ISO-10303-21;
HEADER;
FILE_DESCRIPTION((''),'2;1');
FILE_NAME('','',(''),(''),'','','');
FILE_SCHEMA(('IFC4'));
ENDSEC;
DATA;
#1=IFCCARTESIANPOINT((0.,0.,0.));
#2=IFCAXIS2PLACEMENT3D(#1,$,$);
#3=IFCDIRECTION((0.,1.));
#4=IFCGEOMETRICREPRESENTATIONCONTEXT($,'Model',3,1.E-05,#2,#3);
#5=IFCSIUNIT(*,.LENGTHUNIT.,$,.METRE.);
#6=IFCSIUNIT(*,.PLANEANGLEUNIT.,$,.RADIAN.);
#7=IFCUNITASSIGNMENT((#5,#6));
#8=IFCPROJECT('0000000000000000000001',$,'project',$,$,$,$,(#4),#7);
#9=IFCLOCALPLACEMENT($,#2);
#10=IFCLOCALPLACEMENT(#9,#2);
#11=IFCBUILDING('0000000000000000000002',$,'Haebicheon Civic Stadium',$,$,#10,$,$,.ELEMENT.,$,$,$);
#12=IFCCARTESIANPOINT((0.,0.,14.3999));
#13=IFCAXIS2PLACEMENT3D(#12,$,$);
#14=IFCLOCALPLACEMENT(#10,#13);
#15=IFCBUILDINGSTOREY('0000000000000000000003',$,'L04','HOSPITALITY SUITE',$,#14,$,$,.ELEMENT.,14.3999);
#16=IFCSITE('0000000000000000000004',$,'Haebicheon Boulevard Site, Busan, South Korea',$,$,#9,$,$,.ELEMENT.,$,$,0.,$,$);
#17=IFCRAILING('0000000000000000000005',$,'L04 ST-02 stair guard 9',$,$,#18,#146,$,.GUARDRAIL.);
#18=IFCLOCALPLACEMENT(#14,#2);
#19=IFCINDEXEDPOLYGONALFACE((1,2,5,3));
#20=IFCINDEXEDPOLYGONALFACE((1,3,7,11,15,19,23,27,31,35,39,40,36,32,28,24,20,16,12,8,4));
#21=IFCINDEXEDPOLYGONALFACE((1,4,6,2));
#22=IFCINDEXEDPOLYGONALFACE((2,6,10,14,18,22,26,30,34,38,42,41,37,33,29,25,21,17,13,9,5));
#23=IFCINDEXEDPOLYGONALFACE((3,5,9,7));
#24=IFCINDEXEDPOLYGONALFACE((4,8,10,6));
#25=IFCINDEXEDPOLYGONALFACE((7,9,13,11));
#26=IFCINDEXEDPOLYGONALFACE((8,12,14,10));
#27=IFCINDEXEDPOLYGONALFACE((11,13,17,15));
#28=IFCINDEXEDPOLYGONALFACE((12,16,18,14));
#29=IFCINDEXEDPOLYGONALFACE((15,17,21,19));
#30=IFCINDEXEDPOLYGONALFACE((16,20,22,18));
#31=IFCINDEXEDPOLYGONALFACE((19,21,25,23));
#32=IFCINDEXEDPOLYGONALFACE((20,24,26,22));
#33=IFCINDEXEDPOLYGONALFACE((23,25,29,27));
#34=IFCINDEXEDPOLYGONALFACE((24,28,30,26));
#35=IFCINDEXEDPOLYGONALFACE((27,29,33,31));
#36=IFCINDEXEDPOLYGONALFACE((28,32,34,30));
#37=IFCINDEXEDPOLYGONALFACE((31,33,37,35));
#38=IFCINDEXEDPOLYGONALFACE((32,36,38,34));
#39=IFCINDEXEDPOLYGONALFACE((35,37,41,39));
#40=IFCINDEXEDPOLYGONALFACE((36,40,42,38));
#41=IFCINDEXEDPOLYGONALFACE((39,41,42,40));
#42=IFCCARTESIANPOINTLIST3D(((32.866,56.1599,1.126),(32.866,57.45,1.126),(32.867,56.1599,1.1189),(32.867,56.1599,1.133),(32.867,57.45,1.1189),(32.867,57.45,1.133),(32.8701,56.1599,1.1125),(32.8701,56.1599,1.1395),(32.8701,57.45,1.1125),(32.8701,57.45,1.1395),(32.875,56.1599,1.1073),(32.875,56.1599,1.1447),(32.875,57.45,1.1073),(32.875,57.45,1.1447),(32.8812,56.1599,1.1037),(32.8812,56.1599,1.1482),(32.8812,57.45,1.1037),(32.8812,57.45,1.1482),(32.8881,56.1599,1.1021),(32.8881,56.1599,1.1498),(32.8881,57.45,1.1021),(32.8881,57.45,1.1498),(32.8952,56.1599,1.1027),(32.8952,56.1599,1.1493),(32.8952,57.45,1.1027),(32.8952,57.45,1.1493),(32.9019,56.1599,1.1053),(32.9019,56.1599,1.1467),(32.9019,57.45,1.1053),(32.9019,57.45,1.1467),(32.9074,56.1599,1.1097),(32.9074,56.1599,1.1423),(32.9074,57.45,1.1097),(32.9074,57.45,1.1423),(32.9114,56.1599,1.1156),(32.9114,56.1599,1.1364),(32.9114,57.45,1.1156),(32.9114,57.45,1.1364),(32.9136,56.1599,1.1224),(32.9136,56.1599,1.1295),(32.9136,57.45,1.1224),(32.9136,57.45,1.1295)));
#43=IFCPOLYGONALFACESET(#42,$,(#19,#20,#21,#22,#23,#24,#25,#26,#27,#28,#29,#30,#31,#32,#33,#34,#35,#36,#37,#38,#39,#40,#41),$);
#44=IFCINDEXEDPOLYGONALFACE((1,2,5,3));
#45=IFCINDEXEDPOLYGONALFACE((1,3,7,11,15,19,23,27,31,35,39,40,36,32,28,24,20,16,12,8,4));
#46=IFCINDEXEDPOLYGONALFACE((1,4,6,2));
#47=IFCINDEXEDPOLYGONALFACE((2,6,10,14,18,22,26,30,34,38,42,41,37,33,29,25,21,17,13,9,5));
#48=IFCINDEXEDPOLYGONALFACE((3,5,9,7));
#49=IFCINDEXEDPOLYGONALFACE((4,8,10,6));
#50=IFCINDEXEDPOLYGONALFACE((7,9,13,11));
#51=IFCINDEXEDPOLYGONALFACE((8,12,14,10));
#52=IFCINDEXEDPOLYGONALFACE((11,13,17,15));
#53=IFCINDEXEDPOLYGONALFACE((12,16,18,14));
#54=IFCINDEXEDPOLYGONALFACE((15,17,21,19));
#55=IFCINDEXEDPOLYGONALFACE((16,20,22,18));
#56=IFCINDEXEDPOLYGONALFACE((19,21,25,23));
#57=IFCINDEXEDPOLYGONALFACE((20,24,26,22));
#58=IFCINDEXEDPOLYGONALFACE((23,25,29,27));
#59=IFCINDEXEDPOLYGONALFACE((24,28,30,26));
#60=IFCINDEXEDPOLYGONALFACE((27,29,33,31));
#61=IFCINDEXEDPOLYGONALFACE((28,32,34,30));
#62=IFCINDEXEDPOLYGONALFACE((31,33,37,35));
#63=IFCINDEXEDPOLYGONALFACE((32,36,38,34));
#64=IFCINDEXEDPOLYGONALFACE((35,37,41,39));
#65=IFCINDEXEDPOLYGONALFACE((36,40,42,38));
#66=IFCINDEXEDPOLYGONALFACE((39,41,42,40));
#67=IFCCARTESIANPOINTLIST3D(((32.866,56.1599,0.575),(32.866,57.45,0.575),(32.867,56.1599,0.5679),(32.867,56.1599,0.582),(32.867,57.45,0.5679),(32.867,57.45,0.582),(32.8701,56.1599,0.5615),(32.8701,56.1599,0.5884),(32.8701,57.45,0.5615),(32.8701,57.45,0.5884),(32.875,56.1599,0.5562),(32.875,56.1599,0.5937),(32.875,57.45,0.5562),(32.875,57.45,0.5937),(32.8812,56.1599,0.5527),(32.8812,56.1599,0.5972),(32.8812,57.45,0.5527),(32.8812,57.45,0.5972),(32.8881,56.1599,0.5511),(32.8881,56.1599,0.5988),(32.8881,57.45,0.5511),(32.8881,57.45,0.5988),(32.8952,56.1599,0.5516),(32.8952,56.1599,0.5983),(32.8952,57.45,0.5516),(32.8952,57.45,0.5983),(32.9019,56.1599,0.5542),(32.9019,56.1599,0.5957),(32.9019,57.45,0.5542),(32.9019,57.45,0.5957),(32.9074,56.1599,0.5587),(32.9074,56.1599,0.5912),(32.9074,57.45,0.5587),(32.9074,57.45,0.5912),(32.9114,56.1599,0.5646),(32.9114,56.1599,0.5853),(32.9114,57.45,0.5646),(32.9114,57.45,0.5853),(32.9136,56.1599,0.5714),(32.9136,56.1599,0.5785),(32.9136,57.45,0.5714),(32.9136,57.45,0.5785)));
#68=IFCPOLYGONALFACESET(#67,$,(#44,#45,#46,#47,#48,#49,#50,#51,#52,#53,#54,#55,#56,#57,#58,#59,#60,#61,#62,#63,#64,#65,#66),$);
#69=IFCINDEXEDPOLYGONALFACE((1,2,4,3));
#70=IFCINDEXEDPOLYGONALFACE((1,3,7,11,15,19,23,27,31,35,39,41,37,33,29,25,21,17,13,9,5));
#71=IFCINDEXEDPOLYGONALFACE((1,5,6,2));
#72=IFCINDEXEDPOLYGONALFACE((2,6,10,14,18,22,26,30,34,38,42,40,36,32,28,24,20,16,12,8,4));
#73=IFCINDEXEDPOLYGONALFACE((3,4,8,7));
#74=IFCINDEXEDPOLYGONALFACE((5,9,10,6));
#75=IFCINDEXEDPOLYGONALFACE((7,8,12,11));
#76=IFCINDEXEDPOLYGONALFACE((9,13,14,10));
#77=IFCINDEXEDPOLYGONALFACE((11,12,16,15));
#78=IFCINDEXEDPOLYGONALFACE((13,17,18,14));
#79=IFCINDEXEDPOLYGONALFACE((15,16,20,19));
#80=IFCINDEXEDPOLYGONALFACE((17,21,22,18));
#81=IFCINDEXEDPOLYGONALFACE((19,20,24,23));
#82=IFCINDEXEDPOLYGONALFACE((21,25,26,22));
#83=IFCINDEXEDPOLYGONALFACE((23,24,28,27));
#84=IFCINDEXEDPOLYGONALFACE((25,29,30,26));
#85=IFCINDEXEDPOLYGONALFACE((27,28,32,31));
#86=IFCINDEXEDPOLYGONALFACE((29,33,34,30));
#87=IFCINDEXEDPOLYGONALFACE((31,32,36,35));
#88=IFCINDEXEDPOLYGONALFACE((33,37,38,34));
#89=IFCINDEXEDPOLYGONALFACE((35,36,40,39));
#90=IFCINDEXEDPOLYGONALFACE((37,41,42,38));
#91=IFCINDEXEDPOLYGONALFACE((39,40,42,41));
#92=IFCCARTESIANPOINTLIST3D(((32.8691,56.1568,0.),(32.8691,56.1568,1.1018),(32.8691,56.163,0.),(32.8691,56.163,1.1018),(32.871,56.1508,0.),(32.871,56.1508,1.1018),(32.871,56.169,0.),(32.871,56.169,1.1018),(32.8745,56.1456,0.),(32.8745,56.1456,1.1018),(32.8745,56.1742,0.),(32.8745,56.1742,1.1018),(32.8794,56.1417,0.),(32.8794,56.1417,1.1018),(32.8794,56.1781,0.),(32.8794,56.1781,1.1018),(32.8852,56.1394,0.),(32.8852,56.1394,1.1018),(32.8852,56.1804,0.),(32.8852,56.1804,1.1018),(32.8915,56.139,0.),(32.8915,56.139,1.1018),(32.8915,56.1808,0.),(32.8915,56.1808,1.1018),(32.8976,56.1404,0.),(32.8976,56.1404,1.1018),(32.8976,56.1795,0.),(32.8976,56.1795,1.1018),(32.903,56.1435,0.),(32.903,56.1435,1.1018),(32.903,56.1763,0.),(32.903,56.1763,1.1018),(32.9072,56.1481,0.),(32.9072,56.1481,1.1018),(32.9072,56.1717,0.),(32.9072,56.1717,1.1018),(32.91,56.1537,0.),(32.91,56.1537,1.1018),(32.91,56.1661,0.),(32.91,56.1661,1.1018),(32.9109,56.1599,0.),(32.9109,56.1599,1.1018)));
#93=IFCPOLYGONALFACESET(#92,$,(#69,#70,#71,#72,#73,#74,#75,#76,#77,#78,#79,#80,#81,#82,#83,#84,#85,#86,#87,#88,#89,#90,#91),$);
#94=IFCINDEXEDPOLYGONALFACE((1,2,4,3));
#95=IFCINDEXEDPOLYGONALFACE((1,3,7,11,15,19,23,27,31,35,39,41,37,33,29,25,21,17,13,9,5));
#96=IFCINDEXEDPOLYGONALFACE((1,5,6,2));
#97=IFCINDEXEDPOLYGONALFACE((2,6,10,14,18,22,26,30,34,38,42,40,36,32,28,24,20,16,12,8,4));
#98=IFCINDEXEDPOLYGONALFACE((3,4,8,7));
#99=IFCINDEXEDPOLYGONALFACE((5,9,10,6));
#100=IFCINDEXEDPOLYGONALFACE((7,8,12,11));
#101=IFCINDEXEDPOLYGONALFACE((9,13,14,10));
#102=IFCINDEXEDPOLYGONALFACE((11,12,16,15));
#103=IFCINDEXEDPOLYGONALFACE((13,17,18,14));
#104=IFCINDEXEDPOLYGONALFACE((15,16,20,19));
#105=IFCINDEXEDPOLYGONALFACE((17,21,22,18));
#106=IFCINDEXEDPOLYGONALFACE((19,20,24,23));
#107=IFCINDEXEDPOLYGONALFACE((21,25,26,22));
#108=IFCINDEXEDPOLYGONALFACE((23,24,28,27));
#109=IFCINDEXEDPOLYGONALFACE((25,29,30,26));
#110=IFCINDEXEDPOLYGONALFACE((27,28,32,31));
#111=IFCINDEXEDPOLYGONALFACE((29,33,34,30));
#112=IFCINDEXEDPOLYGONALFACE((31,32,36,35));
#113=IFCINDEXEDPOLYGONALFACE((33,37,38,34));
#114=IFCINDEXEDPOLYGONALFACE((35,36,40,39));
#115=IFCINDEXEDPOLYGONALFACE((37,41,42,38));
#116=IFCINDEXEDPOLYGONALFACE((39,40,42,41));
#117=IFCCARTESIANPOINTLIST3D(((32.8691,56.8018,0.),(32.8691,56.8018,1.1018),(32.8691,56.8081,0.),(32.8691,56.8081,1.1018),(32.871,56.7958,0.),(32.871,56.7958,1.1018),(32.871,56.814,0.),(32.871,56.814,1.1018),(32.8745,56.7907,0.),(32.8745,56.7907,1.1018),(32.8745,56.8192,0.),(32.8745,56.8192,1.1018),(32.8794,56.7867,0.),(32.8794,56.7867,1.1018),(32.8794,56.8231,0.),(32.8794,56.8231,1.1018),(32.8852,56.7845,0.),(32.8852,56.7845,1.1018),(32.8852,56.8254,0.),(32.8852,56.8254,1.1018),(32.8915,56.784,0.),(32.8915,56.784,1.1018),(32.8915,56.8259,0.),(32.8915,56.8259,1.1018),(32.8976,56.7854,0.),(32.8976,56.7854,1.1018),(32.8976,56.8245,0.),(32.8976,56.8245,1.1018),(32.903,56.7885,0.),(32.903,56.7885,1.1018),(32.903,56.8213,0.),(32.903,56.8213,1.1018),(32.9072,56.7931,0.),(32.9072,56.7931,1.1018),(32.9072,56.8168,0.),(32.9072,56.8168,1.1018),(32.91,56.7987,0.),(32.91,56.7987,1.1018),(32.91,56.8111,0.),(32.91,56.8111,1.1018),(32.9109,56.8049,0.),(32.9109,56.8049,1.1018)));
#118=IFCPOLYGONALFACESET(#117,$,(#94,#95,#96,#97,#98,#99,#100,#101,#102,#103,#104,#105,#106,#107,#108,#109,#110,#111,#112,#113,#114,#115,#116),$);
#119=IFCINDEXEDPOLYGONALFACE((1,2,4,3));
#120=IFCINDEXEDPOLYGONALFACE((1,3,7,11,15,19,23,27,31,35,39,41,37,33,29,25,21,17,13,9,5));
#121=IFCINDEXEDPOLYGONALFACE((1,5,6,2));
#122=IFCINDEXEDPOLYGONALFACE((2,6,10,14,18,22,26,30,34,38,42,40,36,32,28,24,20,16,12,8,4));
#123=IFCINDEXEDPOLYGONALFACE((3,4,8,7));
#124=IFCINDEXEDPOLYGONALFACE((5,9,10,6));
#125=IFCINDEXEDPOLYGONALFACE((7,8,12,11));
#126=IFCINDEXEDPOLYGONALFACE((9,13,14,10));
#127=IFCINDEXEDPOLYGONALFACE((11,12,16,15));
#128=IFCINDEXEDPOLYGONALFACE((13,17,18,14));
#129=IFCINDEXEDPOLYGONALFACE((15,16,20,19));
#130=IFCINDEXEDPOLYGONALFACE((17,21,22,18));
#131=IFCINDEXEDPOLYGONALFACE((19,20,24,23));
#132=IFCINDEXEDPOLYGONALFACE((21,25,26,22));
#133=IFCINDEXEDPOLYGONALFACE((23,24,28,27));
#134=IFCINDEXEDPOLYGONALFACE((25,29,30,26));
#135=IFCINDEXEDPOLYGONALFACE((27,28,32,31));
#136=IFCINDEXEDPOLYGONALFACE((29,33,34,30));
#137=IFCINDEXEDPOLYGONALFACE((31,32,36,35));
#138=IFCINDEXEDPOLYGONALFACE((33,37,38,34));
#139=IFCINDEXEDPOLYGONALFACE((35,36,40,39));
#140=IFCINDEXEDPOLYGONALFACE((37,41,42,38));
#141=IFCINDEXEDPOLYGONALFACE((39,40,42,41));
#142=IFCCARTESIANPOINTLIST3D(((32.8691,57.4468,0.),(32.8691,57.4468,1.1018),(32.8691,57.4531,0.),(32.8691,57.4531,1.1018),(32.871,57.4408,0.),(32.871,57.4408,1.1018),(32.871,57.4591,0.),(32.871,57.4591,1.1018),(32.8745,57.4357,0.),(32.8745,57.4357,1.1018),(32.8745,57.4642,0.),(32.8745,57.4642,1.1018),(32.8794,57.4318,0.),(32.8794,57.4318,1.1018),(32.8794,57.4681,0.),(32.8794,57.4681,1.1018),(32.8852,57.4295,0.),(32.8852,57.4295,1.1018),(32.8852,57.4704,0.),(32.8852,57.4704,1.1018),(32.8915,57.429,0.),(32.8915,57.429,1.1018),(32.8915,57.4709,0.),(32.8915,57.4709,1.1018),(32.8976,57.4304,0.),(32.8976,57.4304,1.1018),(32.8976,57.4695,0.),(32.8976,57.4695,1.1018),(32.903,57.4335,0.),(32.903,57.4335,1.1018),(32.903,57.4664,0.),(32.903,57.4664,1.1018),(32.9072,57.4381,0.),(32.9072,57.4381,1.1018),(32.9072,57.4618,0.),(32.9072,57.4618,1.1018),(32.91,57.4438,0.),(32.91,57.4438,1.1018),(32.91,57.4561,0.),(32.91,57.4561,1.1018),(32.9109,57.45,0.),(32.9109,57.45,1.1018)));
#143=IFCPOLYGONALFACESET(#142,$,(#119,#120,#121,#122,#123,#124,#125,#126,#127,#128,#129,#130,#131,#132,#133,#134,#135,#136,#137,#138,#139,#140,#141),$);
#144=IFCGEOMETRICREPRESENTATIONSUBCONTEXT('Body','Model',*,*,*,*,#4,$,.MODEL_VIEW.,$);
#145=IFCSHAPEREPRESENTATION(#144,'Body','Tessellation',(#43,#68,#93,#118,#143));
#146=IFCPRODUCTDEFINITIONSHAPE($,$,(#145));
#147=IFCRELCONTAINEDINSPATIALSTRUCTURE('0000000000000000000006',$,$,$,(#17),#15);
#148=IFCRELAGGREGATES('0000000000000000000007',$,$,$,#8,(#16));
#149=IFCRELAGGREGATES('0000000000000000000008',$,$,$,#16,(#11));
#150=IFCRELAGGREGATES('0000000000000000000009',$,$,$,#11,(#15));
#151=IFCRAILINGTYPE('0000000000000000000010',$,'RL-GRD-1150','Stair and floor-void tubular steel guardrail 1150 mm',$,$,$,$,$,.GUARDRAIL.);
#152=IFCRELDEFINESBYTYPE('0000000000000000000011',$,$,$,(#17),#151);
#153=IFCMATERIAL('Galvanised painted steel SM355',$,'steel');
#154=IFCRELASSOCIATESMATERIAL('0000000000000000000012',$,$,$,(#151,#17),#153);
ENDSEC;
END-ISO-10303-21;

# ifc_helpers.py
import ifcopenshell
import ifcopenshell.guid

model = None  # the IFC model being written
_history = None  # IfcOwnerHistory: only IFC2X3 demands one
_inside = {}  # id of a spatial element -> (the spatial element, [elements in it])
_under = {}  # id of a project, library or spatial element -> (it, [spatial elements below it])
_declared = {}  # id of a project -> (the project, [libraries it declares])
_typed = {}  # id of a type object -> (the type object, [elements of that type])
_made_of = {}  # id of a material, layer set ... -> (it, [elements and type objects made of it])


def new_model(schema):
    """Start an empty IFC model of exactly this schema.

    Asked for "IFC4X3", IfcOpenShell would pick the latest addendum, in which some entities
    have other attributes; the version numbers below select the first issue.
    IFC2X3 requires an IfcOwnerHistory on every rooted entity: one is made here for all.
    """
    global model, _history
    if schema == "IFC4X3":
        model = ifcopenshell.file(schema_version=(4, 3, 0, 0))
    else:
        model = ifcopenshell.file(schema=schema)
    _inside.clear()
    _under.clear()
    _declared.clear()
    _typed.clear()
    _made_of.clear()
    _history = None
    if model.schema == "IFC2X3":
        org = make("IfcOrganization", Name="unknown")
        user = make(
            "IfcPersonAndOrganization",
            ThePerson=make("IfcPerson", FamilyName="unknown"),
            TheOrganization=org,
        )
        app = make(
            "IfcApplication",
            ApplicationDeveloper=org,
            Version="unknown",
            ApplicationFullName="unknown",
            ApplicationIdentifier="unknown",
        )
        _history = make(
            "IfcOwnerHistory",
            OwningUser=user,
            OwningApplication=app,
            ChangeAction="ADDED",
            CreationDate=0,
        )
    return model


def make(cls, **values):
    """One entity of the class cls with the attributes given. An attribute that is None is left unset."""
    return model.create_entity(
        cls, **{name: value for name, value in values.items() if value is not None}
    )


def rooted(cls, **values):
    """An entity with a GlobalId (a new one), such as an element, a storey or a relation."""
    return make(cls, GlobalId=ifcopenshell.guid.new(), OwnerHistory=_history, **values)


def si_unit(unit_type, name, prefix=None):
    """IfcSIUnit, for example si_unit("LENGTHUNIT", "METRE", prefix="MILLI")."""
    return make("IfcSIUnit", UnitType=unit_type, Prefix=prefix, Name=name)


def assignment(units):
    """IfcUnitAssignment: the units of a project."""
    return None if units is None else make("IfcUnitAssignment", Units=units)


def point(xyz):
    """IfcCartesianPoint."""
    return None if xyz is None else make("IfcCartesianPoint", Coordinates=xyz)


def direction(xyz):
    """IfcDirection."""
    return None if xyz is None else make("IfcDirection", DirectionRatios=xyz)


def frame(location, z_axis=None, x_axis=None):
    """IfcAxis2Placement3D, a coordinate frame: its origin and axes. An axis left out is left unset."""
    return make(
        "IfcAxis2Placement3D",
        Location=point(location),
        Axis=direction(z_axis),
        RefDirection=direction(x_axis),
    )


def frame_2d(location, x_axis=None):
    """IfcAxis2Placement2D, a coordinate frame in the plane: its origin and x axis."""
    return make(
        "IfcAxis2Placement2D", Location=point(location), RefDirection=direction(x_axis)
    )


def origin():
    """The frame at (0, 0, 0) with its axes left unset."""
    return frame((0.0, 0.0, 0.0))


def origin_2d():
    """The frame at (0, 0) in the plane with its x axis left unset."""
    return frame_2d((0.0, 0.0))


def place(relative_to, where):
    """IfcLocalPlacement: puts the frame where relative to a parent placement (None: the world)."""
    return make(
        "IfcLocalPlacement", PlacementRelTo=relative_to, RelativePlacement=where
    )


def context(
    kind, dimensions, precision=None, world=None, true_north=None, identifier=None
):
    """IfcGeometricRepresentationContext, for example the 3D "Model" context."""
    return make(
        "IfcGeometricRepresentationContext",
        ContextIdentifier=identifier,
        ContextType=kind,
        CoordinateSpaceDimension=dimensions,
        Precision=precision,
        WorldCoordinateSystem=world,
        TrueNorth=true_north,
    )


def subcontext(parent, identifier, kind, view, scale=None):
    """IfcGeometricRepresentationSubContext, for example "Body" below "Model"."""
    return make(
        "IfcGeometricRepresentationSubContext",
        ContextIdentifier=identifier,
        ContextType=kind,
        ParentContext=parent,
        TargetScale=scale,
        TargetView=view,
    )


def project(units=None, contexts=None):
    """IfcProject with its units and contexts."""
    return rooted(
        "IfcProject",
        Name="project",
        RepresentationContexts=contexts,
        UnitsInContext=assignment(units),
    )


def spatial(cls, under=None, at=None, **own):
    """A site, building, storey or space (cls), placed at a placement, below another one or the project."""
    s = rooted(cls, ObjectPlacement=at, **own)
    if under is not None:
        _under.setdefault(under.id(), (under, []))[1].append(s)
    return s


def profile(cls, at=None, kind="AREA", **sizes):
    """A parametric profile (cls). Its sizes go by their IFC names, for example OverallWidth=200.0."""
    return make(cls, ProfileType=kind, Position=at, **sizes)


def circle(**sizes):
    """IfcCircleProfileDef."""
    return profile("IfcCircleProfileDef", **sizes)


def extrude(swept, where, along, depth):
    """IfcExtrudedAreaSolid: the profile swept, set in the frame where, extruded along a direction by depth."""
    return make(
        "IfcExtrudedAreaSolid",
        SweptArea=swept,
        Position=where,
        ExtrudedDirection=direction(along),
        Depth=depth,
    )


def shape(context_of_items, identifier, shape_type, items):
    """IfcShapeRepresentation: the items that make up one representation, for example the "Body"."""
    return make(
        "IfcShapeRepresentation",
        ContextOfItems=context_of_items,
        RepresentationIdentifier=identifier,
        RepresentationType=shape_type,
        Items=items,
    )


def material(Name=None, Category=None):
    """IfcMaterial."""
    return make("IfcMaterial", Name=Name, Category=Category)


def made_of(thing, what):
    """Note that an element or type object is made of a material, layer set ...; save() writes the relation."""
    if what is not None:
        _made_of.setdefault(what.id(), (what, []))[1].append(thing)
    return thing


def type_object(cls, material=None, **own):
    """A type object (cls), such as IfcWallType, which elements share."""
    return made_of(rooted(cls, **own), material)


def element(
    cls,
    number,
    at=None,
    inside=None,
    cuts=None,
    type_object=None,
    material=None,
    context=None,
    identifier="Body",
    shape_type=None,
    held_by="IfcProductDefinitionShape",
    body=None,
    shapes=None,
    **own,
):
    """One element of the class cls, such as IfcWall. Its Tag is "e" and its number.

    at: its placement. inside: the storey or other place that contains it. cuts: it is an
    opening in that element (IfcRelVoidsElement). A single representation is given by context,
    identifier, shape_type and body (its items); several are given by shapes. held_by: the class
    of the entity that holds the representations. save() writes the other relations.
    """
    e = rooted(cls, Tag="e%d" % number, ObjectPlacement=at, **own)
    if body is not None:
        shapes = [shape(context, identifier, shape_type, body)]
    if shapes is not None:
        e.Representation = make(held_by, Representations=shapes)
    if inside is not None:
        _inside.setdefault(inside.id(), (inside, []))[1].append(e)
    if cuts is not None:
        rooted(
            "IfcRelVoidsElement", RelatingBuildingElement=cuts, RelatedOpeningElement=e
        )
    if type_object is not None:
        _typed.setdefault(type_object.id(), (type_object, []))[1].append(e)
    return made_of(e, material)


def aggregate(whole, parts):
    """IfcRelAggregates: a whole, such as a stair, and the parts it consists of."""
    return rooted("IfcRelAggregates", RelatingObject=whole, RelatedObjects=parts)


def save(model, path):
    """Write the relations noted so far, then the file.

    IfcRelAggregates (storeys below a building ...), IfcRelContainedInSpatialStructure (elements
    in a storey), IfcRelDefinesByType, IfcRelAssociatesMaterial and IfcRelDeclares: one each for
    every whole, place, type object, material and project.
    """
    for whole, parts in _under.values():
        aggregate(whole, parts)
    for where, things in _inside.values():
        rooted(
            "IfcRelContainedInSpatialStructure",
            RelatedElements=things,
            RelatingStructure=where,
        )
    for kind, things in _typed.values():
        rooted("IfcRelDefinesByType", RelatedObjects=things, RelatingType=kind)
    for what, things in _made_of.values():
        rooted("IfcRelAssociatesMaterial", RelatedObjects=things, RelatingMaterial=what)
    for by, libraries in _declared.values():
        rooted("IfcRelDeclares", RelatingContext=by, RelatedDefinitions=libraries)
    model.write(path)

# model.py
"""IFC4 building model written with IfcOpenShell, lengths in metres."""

from ifc_helpers import new_model, si_unit, direction, frame, origin, origin_2d, place, context, subcontext, project, spatial, circle, extrude, material, type_object, element, save


model = new_model("IFC4")

# Units and contexts
model_context = context("Model", 3, precision=1e-05, world=origin(), true_north=direction((0.0, 1.0)))
body_context = subcontext(model_context, "Body", "Model", "MODEL_VIEW")
ifc_project = project(units=[si_unit("LENGTHUNIT", "METRE"), si_unit("PLANEANGLEUNIT", "RADIAN")], contexts=[model_context])

# Site, building, storey
site_placement = place(None, origin())
site = spatial("IfcSite", under=ifc_project, at=site_placement, Name="Haebicheon Boulevard Site, Busan, South Korea", CompositionType="ELEMENT", RefElevation=0.0)
building_placement = place(site_placement, origin())
building = spatial("IfcBuilding", under=site, at=building_placement, Name="Haebicheon Civic Stadium", CompositionType="ELEMENT")
storey_placement = place(building_placement, frame((0.0, 0.0, 14.3999)))
storey = spatial("IfcBuildingStorey", under=building, at=storey_placement, Name="L04", Description="HOSPITALITY SUITE", CompositionType="ELEMENT", Elevation=14.3999)

# Railing
ifc_material_1 = material(Name="Galvanised painted steel SM355", Category="steel")
railing_type_1 = type_object("IfcRailingType", Name="RL-GRD-1150", Description="Stair and floor-void tubular steel guardrail 1150 mm", PredefinedType="GUARDRAIL", material=ifc_material_1)
for number, where, name in (
    (1, (32.8899, 56.1599, 0.0), "L04 ST-02 stair guard 9"),
):
    element("IfcRailing", number, at=place(storey_placement, frame(where)), inside=storey, type_object=railing_type_1, material=ifc_material_1, Name=name, PredefinedType="GUARDRAIL", context=body_context, shape_type="SweptSolid", body=[
        extrude(circle(Radius=0.0239, at=origin_2d()), frame((0.0, 0.0, 1.126), z_axis=(0.0, 1.0, 0.0), x_axis=(-1.0, 0.0, 0.0)), (0.0, 0.0, 1.0), 1.29),
        extrude(circle(Radius=0.0239, at=origin_2d()), frame((0.0, 0.0, 0.575), z_axis=(0.0, 1.0, 0.0), x_axis=(-1.0, 0.0, 0.0)), (0.0, 0.0, 1.0), 1.29),
        extrude(circle(Radius=0.021, at=origin_2d()), origin(), (0.0, 0.0, 1.0), 1.1018),
        extrude(circle(Radius=0.021, at=origin_2d()), frame((0.0, 0.645, 0.0)), (0.0, 0.0, 1.0), 1.1018),
        extrude(circle(Radius=0.021, at=origin_2d()), frame((0.0, 1.29, 0.0)), (0.0, 0.0, 1.0), 1.1018),
    ])

save(model, "model.ifc")
